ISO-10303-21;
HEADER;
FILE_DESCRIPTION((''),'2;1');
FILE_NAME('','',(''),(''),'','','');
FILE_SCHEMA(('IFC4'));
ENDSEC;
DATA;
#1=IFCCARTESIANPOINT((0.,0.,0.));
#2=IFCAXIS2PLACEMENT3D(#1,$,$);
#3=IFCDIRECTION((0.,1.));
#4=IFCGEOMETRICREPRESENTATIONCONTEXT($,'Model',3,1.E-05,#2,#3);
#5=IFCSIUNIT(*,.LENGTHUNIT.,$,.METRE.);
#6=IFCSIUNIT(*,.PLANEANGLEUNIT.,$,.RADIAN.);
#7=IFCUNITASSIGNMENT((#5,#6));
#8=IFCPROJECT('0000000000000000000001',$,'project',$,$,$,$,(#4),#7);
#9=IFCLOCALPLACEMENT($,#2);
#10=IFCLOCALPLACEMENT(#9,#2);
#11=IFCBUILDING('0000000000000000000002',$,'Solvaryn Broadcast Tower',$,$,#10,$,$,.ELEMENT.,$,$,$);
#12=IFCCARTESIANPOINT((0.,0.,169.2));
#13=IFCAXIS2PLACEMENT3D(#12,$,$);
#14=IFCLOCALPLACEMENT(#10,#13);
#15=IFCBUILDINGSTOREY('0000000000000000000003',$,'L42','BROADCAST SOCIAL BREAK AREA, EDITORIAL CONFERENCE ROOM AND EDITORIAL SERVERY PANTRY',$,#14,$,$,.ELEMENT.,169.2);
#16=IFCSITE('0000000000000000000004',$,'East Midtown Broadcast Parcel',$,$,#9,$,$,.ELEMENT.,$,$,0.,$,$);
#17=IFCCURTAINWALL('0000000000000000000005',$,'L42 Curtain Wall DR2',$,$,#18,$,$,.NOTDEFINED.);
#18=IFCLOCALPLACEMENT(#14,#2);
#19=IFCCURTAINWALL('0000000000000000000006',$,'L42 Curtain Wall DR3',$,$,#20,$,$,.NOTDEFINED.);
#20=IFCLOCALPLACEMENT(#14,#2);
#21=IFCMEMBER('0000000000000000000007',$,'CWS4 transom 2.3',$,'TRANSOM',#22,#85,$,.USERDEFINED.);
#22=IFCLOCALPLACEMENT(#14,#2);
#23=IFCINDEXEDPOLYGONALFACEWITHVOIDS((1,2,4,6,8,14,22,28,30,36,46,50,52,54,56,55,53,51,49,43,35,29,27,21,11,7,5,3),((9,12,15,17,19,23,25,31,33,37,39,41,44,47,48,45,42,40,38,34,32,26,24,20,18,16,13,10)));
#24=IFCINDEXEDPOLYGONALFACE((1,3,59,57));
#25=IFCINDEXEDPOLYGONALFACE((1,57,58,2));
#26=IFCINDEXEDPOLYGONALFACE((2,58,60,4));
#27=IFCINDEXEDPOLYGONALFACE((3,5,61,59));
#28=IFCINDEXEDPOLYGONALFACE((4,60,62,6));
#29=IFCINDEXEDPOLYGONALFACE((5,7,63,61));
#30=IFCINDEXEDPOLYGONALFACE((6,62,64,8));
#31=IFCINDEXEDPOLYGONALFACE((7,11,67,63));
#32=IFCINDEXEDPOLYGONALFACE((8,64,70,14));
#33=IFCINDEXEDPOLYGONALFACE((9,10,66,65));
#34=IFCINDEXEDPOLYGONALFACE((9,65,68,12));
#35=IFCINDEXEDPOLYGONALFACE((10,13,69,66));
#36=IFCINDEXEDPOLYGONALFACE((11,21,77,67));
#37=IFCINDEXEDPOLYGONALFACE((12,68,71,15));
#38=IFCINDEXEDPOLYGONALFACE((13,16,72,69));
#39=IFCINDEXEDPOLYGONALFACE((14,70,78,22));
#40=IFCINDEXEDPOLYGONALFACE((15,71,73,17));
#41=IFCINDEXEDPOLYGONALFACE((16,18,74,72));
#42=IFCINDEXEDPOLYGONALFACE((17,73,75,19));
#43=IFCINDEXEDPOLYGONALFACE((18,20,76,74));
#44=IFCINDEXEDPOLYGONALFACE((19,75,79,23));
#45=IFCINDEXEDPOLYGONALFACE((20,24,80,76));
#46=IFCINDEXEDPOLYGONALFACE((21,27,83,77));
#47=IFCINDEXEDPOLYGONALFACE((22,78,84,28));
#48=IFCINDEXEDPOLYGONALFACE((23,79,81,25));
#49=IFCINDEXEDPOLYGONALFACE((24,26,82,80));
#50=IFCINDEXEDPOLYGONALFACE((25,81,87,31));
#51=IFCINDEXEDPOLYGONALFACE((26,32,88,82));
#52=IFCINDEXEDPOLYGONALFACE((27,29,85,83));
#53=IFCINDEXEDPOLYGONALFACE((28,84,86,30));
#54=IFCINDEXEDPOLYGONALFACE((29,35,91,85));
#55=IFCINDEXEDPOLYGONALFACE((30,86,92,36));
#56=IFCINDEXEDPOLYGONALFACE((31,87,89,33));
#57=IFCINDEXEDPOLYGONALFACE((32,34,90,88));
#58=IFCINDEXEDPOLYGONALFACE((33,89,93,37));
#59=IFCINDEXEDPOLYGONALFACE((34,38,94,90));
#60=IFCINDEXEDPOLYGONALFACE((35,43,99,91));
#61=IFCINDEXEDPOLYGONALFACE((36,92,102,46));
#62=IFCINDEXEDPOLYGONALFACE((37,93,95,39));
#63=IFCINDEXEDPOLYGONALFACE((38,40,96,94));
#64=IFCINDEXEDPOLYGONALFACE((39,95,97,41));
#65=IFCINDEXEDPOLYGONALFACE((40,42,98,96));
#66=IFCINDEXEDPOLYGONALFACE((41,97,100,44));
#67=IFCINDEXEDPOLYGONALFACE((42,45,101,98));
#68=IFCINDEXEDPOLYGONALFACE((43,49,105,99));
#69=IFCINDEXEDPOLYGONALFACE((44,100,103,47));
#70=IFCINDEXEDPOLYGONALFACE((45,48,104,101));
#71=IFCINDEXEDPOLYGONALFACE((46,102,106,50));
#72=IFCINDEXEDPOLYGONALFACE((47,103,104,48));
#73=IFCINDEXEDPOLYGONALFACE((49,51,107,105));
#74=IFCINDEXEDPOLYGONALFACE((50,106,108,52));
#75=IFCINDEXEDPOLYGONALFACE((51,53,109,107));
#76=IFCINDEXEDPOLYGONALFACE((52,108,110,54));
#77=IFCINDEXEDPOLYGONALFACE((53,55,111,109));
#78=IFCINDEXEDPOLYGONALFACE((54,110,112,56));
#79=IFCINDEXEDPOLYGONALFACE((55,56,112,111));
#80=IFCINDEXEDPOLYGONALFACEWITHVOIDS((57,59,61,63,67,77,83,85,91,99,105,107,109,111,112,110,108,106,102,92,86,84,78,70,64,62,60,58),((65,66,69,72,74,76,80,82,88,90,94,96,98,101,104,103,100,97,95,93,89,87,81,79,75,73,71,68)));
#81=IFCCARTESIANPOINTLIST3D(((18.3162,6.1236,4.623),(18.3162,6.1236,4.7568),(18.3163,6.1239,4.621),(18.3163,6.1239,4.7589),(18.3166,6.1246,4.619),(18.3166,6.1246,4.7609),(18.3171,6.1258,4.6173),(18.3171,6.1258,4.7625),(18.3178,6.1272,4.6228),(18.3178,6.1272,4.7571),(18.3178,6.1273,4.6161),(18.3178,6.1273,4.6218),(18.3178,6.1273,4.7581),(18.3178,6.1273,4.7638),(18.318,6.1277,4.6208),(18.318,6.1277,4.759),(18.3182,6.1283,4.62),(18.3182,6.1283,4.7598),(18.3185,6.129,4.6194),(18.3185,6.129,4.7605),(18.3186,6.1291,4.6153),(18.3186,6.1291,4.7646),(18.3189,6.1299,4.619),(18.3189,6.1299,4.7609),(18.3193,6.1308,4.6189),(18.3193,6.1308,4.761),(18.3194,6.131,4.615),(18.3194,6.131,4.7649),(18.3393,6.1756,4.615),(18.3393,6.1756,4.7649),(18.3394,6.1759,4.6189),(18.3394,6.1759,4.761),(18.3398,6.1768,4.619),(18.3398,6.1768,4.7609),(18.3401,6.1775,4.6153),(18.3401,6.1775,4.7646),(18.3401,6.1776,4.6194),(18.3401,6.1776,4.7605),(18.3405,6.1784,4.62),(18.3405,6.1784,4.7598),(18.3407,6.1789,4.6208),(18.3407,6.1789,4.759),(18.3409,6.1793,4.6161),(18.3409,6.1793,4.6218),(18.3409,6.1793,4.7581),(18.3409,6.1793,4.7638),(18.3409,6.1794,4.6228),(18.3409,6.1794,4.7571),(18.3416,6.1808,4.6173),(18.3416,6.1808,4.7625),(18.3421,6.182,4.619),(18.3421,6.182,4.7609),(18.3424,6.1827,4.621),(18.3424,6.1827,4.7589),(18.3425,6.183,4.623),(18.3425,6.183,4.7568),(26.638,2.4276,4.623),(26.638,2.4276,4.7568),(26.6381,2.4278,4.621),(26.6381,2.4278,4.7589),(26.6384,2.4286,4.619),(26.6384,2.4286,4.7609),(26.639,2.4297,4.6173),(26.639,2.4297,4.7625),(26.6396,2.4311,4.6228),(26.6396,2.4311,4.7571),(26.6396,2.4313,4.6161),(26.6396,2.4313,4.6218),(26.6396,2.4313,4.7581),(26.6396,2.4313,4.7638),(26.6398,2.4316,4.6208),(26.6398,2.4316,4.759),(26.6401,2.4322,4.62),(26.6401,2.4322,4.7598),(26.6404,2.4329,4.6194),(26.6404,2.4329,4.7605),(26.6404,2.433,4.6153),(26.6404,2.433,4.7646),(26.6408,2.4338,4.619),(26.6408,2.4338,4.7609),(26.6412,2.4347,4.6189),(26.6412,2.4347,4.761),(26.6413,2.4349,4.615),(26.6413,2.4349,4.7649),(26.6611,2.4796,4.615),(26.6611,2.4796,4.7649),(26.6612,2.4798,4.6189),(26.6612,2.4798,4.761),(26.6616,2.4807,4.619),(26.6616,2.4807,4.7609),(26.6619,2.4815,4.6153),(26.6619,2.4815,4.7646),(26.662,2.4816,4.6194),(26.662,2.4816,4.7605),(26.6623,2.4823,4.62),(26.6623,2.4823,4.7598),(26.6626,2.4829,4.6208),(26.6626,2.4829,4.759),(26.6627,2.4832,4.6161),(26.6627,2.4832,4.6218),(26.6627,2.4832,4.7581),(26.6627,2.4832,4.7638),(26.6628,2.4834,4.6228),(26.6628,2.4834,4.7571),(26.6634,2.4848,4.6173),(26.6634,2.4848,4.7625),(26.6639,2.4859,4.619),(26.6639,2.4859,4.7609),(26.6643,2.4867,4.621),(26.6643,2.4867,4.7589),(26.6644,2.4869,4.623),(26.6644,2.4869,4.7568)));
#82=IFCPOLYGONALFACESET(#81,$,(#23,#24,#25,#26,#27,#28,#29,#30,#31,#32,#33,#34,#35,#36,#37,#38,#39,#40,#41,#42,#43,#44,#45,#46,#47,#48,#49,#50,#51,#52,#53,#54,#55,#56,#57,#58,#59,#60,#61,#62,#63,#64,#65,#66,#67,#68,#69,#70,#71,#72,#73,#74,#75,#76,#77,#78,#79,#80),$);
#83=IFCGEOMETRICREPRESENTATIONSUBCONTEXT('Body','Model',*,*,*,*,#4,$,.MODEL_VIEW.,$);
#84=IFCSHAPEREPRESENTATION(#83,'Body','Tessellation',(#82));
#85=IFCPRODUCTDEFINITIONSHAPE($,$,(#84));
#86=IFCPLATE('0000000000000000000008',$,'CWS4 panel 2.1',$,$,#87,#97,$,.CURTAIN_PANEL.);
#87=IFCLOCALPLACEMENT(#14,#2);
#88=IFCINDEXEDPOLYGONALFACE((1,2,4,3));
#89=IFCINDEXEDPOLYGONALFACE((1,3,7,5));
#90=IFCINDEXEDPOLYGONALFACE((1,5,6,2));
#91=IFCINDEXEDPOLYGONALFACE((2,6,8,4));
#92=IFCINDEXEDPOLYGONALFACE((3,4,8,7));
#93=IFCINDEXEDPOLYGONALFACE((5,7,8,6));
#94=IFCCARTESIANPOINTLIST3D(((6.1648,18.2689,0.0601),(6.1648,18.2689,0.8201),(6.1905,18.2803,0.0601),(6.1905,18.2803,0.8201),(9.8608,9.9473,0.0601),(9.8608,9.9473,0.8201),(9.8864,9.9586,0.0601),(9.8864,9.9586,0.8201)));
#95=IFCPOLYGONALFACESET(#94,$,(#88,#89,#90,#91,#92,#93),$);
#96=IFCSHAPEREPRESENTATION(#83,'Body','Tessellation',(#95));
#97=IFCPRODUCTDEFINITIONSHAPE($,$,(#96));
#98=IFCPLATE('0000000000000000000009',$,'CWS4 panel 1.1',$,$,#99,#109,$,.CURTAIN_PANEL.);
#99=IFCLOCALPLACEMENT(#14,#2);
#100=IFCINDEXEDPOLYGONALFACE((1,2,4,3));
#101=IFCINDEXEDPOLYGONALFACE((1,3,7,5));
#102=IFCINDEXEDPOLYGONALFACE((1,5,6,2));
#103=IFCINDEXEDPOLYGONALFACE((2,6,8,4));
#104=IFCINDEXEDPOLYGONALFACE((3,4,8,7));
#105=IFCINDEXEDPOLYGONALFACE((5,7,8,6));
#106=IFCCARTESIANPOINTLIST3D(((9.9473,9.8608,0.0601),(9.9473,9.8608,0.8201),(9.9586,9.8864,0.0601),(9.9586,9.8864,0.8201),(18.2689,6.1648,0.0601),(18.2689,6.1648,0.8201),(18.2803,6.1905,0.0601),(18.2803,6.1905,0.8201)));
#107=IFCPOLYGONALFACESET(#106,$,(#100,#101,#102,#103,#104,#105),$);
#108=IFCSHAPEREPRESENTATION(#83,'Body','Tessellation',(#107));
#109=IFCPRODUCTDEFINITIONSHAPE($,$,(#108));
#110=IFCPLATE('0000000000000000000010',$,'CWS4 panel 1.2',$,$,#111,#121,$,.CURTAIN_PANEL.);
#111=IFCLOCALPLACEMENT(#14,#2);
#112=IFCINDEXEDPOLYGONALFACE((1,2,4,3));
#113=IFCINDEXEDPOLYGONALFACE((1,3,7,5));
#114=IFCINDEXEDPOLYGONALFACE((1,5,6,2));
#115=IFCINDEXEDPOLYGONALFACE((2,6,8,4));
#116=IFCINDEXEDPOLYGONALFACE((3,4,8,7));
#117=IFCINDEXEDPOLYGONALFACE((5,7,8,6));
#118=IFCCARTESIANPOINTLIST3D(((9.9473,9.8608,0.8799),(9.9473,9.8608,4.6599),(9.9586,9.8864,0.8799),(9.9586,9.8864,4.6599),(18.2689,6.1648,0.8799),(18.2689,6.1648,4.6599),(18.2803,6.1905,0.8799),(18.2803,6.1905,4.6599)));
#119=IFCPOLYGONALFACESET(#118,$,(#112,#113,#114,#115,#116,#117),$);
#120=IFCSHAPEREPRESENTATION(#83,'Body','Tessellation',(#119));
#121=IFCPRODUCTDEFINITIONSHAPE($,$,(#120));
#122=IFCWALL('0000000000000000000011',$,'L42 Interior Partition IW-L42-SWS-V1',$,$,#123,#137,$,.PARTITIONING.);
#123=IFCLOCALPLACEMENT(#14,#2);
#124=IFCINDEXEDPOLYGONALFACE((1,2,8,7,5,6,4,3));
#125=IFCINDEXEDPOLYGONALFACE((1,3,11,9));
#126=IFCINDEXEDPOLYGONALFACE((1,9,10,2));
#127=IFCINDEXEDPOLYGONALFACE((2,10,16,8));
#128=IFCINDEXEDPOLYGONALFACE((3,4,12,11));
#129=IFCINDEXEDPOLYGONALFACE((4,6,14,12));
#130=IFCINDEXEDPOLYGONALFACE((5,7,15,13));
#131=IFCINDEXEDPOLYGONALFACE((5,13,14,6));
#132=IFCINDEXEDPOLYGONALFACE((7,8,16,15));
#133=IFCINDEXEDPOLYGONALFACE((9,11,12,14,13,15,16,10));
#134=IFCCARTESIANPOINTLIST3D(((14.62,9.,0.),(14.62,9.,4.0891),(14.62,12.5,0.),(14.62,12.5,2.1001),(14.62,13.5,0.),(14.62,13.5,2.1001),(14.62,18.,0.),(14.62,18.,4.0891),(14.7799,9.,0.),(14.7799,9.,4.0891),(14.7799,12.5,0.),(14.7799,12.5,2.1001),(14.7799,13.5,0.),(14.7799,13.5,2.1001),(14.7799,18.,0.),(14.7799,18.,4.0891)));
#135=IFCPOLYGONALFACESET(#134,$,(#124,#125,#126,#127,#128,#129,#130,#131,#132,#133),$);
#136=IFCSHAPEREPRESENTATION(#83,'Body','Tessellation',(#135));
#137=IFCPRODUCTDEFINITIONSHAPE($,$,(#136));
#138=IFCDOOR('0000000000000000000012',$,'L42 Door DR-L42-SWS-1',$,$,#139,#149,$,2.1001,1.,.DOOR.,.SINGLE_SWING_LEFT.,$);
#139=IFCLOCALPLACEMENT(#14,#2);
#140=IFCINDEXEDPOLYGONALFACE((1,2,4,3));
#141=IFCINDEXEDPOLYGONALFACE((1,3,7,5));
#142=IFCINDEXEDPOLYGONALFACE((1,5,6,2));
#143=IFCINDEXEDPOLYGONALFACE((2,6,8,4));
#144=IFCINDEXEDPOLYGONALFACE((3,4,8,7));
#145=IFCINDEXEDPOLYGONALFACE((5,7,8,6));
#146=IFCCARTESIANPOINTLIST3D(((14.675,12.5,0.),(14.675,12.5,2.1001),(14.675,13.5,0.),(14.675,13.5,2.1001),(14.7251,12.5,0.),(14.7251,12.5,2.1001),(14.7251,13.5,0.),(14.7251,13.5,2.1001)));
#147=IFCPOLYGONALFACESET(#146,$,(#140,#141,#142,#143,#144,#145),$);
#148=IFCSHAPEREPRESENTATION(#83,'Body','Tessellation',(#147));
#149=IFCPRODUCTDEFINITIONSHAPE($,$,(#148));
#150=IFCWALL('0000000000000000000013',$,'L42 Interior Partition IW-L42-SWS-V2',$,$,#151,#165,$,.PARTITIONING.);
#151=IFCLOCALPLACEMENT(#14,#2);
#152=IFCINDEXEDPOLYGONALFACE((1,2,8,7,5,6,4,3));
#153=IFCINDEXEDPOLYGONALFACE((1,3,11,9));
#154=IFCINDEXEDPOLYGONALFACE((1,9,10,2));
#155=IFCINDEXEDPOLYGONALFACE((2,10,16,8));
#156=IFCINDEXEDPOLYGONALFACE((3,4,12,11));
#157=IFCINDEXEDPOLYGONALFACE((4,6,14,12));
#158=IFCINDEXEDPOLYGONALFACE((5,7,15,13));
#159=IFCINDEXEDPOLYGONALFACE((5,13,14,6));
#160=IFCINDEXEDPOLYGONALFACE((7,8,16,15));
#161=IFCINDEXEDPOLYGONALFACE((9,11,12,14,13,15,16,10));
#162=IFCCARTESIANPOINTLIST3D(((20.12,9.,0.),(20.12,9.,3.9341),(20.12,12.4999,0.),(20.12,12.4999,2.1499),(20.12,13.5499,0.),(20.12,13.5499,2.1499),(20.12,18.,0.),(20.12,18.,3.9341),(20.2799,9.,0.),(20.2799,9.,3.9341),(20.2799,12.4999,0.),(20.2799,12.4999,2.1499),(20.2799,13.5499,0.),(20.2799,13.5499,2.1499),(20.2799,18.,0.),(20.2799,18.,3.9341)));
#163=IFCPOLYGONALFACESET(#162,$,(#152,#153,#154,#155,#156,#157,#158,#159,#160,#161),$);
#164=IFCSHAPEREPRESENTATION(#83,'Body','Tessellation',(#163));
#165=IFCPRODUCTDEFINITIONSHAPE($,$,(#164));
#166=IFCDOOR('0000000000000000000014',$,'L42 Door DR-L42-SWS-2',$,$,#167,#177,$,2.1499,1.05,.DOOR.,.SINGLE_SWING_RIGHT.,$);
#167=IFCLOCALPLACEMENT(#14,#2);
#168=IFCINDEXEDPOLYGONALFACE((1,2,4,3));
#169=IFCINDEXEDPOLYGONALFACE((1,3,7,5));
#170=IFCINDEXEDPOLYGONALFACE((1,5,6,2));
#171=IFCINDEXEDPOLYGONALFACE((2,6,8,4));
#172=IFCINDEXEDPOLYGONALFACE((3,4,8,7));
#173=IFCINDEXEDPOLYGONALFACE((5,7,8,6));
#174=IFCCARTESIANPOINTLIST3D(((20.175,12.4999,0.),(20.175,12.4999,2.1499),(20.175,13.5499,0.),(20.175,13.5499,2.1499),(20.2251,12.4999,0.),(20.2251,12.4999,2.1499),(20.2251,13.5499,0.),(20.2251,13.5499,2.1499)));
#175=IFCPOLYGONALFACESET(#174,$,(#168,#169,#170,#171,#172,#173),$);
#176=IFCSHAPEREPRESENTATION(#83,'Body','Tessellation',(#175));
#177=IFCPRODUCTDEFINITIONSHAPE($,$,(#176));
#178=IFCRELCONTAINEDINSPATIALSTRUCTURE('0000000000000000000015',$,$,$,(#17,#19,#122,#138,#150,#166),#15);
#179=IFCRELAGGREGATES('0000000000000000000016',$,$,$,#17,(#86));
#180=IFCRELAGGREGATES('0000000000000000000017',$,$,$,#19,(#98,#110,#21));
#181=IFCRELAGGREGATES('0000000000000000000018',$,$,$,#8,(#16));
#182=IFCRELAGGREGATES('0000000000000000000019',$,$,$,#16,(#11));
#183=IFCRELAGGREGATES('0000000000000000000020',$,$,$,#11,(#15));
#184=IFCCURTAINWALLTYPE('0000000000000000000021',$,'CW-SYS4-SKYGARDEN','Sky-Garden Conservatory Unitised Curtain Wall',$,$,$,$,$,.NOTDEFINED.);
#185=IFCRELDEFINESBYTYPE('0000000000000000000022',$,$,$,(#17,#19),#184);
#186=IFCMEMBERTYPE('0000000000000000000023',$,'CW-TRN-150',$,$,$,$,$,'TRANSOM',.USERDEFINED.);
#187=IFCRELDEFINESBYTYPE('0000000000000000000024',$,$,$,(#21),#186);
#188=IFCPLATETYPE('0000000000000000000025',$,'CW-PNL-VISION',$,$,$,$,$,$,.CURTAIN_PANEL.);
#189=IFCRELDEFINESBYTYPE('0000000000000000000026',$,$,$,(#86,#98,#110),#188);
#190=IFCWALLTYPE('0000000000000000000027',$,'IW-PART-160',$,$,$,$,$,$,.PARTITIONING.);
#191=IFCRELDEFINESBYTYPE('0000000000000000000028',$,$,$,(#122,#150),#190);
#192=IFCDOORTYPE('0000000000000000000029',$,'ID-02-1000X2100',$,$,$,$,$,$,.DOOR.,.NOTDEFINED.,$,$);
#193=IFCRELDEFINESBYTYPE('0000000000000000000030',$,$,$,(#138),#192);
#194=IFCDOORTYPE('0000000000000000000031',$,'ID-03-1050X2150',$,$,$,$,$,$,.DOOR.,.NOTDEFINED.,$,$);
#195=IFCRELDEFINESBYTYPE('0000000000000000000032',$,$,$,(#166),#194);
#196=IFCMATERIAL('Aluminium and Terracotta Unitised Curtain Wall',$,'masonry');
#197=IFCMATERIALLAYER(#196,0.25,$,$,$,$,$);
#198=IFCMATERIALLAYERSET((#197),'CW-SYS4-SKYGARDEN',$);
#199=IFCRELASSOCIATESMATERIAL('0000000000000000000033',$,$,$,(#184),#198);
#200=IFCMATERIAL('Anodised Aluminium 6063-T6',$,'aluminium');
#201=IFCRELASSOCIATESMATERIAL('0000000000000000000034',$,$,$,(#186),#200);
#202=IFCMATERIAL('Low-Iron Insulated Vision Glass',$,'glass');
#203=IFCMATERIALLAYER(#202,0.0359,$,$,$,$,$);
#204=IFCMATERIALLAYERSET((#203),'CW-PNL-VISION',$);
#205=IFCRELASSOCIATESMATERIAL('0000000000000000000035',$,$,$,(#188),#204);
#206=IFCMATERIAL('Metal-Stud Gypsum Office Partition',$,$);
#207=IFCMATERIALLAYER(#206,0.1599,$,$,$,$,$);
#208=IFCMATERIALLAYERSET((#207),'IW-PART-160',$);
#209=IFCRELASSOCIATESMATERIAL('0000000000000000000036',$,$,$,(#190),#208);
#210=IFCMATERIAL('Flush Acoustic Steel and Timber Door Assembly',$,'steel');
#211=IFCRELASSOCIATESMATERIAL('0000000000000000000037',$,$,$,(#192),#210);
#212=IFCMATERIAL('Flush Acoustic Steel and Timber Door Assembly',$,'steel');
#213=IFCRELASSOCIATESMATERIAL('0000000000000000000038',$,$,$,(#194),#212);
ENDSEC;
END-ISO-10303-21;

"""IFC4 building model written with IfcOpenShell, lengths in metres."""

from ifc_helpers import new_model, si_unit, direction, frame, frame_2d, origin, origin_2d, place, context, subcontext, project, spatial, rectangle, hollow_rectangle, extrude, material, layer, layer_set, material_profile, profile_set, type_object, element, fill, aggregate, save


model = new_model("IFC4")

# Units and contexts
model_context = context("Model", 3, precision=1e-05, world=origin(), true_north=direction((0.0, 1.0)))
body_context = subcontext(model_context, "Body", "Model", "MODEL_VIEW")
ifc_project = project(units=[si_unit("LENGTHUNIT", "METRE"), si_unit("PLANEANGLEUNIT", "RADIAN")], contexts=[model_context])

# Site, building, storey
site_placement = place(None, origin())
site = spatial("IfcSite", under=ifc_project, at=site_placement, Name="East Midtown Broadcast Parcel", CompositionType="ELEMENT", RefElevation=0.0)
building_placement = place(site_placement, origin())
building = spatial("IfcBuilding", under=site, at=building_placement, Name="Solvaryn Broadcast Tower", CompositionType="ELEMENT")
storey_placement = place(building_placement, frame((0.0, 0.0, 169.2)))
storey = spatial("IfcBuildingStorey", under=building, at=storey_placement, Name="L42", Description="BROADCAST SOCIAL BREAK AREA, EDITORIAL CONFERENCE ROOM AND EDITORIAL SERVERY PANTRY", CompositionType="ELEMENT", Elevation=169.2)

# Curtain wall
ifc_material_1 = material(Name="Aluminium and Terracotta Unitised Curtain Wall", Category="masonry")
ifc_layer_1 = layer(ifc_material_1, 0.25)
ifc_layer_set_1 = layer_set([ifc_layer_1], Name="CW-SYS4-SKYGARDEN")
curtain_wall_type = type_object("IfcCurtainWallType", Name="CW-SYS4-SKYGARDEN", Description="Sky-Garden Conservatory Unitised Curtain Wall", PredefinedType="NOTDEFINED", material=ifc_layer_set_1)
curtain_wall_1_placement = place(storey_placement, origin())
curtain_wall_1 = element("IfcCurtainWall", 1, at=curtain_wall_1_placement, inside=storey, type_object=curtain_wall_type, Name="L42 Curtain Wall DR2", PredefinedType="NOTDEFINED")

# Curtain wall, member
curtain_wall_2_placement = place(storey_placement, origin())
curtain_wall_2 = element("IfcCurtainWall", 2, at=curtain_wall_2_placement, inside=storey, type_object=curtain_wall_type, Name="L42 Curtain Wall DR3", PredefinedType="NOTDEFINED")
ifc_material_2 = material(Name="Anodised Aluminium 6063-T6", Category="aluminium")
ifc_material_profile_1 = material_profile(ifc_material_2, hollow_rectangle(XDim=0.0649, YDim=0.1499, WallThickness=0.0039, InnerFilletRadius=0.0039, OuterFilletRadius=0.0081, at=origin_2d()))
ifc_profile_set_1 = profile_set([ifc_material_profile_1], Name="Anodised Aluminium 6063-T6")
member_type_1 = type_object("IfcMemberType", Name="CW-TRN-150", ElementType="TRANSOM", PredefinedType="USERDEFINED", material=ifc_profile_set_1)
member_1_placement = place(storey_placement, frame((18.3293, 6.1533, 4.6899), z_axis=(0.913914, -0.405907, 0.0), x_axis=(0.405907, 0.913914, 0.0)))
member_1 = element("IfcMember", 3, at=member_1_placement, type_object=member_type_1, Name="CWS4 transom 2.3", ObjectType="TRANSOM", PredefinedType="USERDEFINED", context=body_context, shape_type="SweptSolid", body=[
    extrude(hollow_rectangle(XDim=0.0649, YDim=0.1499, WallThickness=0.0039, InnerFilletRadius=0.0039, OuterFilletRadius=0.0081, at=origin_2d()), origin(), (0.0, 0.0, 1.0), 9.1057),
])

# Plates
ifc_material_3 = material(Name="Low-Iron Insulated Vision Glass", Category="glass")
ifc_layer_2 = layer(ifc_material_3, 0.0359)
ifc_layer_set_2 = layer_set([ifc_layer_2], Name="CW-PNL-VISION")
plate_type = type_object("IfcPlateType", Name="CW-PNL-VISION", PredefinedType="CURTAIN_PANEL", material=ifc_layer_set_2)
plate_1_placement = place(storey_placement, frame((8.0256, 14.1138, 0.0601), z_axis=(0.0, 0.0, 1.0), x_axis=(0.405901, -0.913917, 0.0)))
plate_1 = element("IfcPlate", 4, at=plate_1_placement, type_object=plate_type, Name="CWS4 panel 2.1", PredefinedType="CURTAIN_PANEL", context=body_context, shape_type="SweptSolid", body=[
    extrude(rectangle(XDim=9.1055, YDim=0.0281, at=origin_2d()), origin(), (0.0, 0.0, 1.0), 0.76),
])
aggregate(curtain_wall_1, [plate_1])
plate_2_placement = place(storey_placement, frame((14.1138, 8.0256, 0.0601), z_axis=(0.0, 0.0, 1.0), x_axis=(0.913917, -0.405901, 0.0)))
plate_2 = element("IfcPlate", 5, at=plate_2_placement, type_object=plate_type, Name="CWS4 panel 1.1", PredefinedType="CURTAIN_PANEL", context=body_context, shape_type="SweptSolid", body=[
    extrude(rectangle(XDim=9.1055, YDim=0.0281, at=origin_2d()), origin(), (0.0, 0.0, 1.0), 0.76),
])
plate_3_placement = place(storey_placement, frame((14.1138, 8.0256, 0.8799), z_axis=(0.0, 0.0, 1.0), x_axis=(0.913917, -0.405901, 0.0)))
plate_3 = element("IfcPlate", 6, at=plate_3_placement, type_object=plate_type, Name="CWS4 panel 1.2", PredefinedType="CURTAIN_PANEL", context=body_context, shape_type="SweptSolid", body=[
    extrude(rectangle(XDim=9.1055, YDim=0.0281, at=origin_2d()), origin(), (0.0, 0.0, 1.0), 3.78),
])
aggregate(curtain_wall_2, [plate_2, plate_3, member_1])

# Walls, openings, doors
ifc_material_4 = material(Name="Metal-Stud Gypsum Office Partition")
ifc_layer_3 = layer(ifc_material_4, 0.1599)
ifc_layer_set_3 = layer_set([ifc_layer_3], Name="IW-PART-160")
wall_type = type_object("IfcWallType", Name="IW-PART-160", PredefinedType="PARTITIONING", material=ifc_layer_set_3)
wall_1_placement = place(storey_placement, frame((14.7, 9.0, 0.0), z_axis=(0.0, 0.0, 1.0), x_axis=(0.0, 1.0, 0.0)))
wall_1 = element("IfcWall", 7, at=wall_1_placement, inside=storey, type_object=wall_type, Name="L42 Interior Partition IW-L42-SWS-V1", PredefinedType="PARTITIONING", context=body_context, shape_type="SweptSolid", body=[
    extrude(rectangle(XDim=9.0, YDim=0.1599, at=frame_2d((4.5, 0.0))), origin(), (0.0, 0.0, 1.0), 4.0891),
])
opening_1_placement = place(wall_1_placement, frame((3.5, 0.0, 0.0)))
opening_1 = element("IfcOpeningElement", 8, at=opening_1_placement, cuts=wall_1, PredefinedType="OPENING", context=body_context, shape_type="SweptSolid", body=[
    extrude(rectangle(XDim=1.0, YDim=2.1001, at=frame_2d((0.5, 1.05))), frame((0.0, 0.0901, 0.0), z_axis=(0.0, -1.0, 0.0), x_axis=(1.0, 0.0, 0.0)), (0.0, 0.0, 1.0), 0.1799),
])
ifc_material_5 = material(Name="Flush Acoustic Steel and Timber Door Assembly", Category="steel")
door_type_1 = type_object("IfcDoorType", Name="ID-02-1000X2100", OperationType="NOTDEFINED", PredefinedType="DOOR", material=ifc_material_5)
door_1_placement = place(opening_1_placement, origin())
door_1 = element("IfcDoor", 9, at=door_1_placement, inside=storey, type_object=door_type_1, Name="L42 Door DR-L42-SWS-1", OperationType="SINGLE_SWING_LEFT", OverallHeight=2.1001, OverallWidth=1.0, PredefinedType="DOOR", context=body_context, shape_type="SweptSolid", body=[
    extrude(rectangle(XDim=1.0, YDim=2.1001, at=frame_2d((0.5, 1.05))), frame((0.0, 0.0249, 0.0), z_axis=(0.0, -1.0, 0.0), x_axis=(1.0, 0.0, 0.0)), (0.0, 0.0, 1.0), 0.05),
])
fill(opening_1, door_1)
wall_2_placement = place(storey_placement, frame((20.2, 9.0, 0.0), z_axis=(0.0, 0.0, 1.0), x_axis=(0.0, 1.0, 0.0)))
wall_2 = element("IfcWall", 10, at=wall_2_placement, inside=storey, type_object=wall_type, Name="L42 Interior Partition IW-L42-SWS-V2", PredefinedType="PARTITIONING", context=body_context, shape_type="SweptSolid", body=[
    extrude(rectangle(XDim=9.0, YDim=0.1599, at=frame_2d((4.5, 0.0))), origin(), (0.0, 0.0, 1.0), 3.9341),
])
opening_2_placement = place(wall_2_placement, frame((3.5, 0.0, 0.0)))
opening_2 = element("IfcOpeningElement", 11, at=opening_2_placement, cuts=wall_2, PredefinedType="OPENING", context=body_context, shape_type="SweptSolid", body=[
    extrude(rectangle(XDim=1.05, YDim=2.1499, at=frame_2d((0.5249, 1.075))), frame((0.0, 0.0901, 0.0), z_axis=(0.0, -1.0, 0.0), x_axis=(1.0, 0.0, 0.0)), (0.0, 0.0, 1.0), 0.1799),
])
ifc_material_6 = material(Name="Flush Acoustic Steel and Timber Door Assembly", Category="steel")
door_type_2 = type_object("IfcDoorType", Name="ID-03-1050X2150", OperationType="NOTDEFINED", PredefinedType="DOOR", material=ifc_material_6)
door_2_placement = place(opening_2_placement, origin())
door_2 = element("IfcDoor", 12, at=door_2_placement, inside=storey, type_object=door_type_2, Name="L42 Door DR-L42-SWS-2", OperationType="SINGLE_SWING_RIGHT", OverallHeight=2.1499, OverallWidth=1.05, PredefinedType="DOOR", context=body_context, shape_type="SweptSolid", body=[
    extrude(rectangle(XDim=1.05, YDim=2.1499, at=frame_2d((0.5249, 1.075))), frame((0.0, 0.0249, 0.0), z_axis=(0.0, -1.0, 0.0), x_axis=(1.0, 0.0, 0.0)), (0.0, 0.0, 1.0), 0.05),
])
fill(opening_2, door_2)

save(model, "model.ifc")
